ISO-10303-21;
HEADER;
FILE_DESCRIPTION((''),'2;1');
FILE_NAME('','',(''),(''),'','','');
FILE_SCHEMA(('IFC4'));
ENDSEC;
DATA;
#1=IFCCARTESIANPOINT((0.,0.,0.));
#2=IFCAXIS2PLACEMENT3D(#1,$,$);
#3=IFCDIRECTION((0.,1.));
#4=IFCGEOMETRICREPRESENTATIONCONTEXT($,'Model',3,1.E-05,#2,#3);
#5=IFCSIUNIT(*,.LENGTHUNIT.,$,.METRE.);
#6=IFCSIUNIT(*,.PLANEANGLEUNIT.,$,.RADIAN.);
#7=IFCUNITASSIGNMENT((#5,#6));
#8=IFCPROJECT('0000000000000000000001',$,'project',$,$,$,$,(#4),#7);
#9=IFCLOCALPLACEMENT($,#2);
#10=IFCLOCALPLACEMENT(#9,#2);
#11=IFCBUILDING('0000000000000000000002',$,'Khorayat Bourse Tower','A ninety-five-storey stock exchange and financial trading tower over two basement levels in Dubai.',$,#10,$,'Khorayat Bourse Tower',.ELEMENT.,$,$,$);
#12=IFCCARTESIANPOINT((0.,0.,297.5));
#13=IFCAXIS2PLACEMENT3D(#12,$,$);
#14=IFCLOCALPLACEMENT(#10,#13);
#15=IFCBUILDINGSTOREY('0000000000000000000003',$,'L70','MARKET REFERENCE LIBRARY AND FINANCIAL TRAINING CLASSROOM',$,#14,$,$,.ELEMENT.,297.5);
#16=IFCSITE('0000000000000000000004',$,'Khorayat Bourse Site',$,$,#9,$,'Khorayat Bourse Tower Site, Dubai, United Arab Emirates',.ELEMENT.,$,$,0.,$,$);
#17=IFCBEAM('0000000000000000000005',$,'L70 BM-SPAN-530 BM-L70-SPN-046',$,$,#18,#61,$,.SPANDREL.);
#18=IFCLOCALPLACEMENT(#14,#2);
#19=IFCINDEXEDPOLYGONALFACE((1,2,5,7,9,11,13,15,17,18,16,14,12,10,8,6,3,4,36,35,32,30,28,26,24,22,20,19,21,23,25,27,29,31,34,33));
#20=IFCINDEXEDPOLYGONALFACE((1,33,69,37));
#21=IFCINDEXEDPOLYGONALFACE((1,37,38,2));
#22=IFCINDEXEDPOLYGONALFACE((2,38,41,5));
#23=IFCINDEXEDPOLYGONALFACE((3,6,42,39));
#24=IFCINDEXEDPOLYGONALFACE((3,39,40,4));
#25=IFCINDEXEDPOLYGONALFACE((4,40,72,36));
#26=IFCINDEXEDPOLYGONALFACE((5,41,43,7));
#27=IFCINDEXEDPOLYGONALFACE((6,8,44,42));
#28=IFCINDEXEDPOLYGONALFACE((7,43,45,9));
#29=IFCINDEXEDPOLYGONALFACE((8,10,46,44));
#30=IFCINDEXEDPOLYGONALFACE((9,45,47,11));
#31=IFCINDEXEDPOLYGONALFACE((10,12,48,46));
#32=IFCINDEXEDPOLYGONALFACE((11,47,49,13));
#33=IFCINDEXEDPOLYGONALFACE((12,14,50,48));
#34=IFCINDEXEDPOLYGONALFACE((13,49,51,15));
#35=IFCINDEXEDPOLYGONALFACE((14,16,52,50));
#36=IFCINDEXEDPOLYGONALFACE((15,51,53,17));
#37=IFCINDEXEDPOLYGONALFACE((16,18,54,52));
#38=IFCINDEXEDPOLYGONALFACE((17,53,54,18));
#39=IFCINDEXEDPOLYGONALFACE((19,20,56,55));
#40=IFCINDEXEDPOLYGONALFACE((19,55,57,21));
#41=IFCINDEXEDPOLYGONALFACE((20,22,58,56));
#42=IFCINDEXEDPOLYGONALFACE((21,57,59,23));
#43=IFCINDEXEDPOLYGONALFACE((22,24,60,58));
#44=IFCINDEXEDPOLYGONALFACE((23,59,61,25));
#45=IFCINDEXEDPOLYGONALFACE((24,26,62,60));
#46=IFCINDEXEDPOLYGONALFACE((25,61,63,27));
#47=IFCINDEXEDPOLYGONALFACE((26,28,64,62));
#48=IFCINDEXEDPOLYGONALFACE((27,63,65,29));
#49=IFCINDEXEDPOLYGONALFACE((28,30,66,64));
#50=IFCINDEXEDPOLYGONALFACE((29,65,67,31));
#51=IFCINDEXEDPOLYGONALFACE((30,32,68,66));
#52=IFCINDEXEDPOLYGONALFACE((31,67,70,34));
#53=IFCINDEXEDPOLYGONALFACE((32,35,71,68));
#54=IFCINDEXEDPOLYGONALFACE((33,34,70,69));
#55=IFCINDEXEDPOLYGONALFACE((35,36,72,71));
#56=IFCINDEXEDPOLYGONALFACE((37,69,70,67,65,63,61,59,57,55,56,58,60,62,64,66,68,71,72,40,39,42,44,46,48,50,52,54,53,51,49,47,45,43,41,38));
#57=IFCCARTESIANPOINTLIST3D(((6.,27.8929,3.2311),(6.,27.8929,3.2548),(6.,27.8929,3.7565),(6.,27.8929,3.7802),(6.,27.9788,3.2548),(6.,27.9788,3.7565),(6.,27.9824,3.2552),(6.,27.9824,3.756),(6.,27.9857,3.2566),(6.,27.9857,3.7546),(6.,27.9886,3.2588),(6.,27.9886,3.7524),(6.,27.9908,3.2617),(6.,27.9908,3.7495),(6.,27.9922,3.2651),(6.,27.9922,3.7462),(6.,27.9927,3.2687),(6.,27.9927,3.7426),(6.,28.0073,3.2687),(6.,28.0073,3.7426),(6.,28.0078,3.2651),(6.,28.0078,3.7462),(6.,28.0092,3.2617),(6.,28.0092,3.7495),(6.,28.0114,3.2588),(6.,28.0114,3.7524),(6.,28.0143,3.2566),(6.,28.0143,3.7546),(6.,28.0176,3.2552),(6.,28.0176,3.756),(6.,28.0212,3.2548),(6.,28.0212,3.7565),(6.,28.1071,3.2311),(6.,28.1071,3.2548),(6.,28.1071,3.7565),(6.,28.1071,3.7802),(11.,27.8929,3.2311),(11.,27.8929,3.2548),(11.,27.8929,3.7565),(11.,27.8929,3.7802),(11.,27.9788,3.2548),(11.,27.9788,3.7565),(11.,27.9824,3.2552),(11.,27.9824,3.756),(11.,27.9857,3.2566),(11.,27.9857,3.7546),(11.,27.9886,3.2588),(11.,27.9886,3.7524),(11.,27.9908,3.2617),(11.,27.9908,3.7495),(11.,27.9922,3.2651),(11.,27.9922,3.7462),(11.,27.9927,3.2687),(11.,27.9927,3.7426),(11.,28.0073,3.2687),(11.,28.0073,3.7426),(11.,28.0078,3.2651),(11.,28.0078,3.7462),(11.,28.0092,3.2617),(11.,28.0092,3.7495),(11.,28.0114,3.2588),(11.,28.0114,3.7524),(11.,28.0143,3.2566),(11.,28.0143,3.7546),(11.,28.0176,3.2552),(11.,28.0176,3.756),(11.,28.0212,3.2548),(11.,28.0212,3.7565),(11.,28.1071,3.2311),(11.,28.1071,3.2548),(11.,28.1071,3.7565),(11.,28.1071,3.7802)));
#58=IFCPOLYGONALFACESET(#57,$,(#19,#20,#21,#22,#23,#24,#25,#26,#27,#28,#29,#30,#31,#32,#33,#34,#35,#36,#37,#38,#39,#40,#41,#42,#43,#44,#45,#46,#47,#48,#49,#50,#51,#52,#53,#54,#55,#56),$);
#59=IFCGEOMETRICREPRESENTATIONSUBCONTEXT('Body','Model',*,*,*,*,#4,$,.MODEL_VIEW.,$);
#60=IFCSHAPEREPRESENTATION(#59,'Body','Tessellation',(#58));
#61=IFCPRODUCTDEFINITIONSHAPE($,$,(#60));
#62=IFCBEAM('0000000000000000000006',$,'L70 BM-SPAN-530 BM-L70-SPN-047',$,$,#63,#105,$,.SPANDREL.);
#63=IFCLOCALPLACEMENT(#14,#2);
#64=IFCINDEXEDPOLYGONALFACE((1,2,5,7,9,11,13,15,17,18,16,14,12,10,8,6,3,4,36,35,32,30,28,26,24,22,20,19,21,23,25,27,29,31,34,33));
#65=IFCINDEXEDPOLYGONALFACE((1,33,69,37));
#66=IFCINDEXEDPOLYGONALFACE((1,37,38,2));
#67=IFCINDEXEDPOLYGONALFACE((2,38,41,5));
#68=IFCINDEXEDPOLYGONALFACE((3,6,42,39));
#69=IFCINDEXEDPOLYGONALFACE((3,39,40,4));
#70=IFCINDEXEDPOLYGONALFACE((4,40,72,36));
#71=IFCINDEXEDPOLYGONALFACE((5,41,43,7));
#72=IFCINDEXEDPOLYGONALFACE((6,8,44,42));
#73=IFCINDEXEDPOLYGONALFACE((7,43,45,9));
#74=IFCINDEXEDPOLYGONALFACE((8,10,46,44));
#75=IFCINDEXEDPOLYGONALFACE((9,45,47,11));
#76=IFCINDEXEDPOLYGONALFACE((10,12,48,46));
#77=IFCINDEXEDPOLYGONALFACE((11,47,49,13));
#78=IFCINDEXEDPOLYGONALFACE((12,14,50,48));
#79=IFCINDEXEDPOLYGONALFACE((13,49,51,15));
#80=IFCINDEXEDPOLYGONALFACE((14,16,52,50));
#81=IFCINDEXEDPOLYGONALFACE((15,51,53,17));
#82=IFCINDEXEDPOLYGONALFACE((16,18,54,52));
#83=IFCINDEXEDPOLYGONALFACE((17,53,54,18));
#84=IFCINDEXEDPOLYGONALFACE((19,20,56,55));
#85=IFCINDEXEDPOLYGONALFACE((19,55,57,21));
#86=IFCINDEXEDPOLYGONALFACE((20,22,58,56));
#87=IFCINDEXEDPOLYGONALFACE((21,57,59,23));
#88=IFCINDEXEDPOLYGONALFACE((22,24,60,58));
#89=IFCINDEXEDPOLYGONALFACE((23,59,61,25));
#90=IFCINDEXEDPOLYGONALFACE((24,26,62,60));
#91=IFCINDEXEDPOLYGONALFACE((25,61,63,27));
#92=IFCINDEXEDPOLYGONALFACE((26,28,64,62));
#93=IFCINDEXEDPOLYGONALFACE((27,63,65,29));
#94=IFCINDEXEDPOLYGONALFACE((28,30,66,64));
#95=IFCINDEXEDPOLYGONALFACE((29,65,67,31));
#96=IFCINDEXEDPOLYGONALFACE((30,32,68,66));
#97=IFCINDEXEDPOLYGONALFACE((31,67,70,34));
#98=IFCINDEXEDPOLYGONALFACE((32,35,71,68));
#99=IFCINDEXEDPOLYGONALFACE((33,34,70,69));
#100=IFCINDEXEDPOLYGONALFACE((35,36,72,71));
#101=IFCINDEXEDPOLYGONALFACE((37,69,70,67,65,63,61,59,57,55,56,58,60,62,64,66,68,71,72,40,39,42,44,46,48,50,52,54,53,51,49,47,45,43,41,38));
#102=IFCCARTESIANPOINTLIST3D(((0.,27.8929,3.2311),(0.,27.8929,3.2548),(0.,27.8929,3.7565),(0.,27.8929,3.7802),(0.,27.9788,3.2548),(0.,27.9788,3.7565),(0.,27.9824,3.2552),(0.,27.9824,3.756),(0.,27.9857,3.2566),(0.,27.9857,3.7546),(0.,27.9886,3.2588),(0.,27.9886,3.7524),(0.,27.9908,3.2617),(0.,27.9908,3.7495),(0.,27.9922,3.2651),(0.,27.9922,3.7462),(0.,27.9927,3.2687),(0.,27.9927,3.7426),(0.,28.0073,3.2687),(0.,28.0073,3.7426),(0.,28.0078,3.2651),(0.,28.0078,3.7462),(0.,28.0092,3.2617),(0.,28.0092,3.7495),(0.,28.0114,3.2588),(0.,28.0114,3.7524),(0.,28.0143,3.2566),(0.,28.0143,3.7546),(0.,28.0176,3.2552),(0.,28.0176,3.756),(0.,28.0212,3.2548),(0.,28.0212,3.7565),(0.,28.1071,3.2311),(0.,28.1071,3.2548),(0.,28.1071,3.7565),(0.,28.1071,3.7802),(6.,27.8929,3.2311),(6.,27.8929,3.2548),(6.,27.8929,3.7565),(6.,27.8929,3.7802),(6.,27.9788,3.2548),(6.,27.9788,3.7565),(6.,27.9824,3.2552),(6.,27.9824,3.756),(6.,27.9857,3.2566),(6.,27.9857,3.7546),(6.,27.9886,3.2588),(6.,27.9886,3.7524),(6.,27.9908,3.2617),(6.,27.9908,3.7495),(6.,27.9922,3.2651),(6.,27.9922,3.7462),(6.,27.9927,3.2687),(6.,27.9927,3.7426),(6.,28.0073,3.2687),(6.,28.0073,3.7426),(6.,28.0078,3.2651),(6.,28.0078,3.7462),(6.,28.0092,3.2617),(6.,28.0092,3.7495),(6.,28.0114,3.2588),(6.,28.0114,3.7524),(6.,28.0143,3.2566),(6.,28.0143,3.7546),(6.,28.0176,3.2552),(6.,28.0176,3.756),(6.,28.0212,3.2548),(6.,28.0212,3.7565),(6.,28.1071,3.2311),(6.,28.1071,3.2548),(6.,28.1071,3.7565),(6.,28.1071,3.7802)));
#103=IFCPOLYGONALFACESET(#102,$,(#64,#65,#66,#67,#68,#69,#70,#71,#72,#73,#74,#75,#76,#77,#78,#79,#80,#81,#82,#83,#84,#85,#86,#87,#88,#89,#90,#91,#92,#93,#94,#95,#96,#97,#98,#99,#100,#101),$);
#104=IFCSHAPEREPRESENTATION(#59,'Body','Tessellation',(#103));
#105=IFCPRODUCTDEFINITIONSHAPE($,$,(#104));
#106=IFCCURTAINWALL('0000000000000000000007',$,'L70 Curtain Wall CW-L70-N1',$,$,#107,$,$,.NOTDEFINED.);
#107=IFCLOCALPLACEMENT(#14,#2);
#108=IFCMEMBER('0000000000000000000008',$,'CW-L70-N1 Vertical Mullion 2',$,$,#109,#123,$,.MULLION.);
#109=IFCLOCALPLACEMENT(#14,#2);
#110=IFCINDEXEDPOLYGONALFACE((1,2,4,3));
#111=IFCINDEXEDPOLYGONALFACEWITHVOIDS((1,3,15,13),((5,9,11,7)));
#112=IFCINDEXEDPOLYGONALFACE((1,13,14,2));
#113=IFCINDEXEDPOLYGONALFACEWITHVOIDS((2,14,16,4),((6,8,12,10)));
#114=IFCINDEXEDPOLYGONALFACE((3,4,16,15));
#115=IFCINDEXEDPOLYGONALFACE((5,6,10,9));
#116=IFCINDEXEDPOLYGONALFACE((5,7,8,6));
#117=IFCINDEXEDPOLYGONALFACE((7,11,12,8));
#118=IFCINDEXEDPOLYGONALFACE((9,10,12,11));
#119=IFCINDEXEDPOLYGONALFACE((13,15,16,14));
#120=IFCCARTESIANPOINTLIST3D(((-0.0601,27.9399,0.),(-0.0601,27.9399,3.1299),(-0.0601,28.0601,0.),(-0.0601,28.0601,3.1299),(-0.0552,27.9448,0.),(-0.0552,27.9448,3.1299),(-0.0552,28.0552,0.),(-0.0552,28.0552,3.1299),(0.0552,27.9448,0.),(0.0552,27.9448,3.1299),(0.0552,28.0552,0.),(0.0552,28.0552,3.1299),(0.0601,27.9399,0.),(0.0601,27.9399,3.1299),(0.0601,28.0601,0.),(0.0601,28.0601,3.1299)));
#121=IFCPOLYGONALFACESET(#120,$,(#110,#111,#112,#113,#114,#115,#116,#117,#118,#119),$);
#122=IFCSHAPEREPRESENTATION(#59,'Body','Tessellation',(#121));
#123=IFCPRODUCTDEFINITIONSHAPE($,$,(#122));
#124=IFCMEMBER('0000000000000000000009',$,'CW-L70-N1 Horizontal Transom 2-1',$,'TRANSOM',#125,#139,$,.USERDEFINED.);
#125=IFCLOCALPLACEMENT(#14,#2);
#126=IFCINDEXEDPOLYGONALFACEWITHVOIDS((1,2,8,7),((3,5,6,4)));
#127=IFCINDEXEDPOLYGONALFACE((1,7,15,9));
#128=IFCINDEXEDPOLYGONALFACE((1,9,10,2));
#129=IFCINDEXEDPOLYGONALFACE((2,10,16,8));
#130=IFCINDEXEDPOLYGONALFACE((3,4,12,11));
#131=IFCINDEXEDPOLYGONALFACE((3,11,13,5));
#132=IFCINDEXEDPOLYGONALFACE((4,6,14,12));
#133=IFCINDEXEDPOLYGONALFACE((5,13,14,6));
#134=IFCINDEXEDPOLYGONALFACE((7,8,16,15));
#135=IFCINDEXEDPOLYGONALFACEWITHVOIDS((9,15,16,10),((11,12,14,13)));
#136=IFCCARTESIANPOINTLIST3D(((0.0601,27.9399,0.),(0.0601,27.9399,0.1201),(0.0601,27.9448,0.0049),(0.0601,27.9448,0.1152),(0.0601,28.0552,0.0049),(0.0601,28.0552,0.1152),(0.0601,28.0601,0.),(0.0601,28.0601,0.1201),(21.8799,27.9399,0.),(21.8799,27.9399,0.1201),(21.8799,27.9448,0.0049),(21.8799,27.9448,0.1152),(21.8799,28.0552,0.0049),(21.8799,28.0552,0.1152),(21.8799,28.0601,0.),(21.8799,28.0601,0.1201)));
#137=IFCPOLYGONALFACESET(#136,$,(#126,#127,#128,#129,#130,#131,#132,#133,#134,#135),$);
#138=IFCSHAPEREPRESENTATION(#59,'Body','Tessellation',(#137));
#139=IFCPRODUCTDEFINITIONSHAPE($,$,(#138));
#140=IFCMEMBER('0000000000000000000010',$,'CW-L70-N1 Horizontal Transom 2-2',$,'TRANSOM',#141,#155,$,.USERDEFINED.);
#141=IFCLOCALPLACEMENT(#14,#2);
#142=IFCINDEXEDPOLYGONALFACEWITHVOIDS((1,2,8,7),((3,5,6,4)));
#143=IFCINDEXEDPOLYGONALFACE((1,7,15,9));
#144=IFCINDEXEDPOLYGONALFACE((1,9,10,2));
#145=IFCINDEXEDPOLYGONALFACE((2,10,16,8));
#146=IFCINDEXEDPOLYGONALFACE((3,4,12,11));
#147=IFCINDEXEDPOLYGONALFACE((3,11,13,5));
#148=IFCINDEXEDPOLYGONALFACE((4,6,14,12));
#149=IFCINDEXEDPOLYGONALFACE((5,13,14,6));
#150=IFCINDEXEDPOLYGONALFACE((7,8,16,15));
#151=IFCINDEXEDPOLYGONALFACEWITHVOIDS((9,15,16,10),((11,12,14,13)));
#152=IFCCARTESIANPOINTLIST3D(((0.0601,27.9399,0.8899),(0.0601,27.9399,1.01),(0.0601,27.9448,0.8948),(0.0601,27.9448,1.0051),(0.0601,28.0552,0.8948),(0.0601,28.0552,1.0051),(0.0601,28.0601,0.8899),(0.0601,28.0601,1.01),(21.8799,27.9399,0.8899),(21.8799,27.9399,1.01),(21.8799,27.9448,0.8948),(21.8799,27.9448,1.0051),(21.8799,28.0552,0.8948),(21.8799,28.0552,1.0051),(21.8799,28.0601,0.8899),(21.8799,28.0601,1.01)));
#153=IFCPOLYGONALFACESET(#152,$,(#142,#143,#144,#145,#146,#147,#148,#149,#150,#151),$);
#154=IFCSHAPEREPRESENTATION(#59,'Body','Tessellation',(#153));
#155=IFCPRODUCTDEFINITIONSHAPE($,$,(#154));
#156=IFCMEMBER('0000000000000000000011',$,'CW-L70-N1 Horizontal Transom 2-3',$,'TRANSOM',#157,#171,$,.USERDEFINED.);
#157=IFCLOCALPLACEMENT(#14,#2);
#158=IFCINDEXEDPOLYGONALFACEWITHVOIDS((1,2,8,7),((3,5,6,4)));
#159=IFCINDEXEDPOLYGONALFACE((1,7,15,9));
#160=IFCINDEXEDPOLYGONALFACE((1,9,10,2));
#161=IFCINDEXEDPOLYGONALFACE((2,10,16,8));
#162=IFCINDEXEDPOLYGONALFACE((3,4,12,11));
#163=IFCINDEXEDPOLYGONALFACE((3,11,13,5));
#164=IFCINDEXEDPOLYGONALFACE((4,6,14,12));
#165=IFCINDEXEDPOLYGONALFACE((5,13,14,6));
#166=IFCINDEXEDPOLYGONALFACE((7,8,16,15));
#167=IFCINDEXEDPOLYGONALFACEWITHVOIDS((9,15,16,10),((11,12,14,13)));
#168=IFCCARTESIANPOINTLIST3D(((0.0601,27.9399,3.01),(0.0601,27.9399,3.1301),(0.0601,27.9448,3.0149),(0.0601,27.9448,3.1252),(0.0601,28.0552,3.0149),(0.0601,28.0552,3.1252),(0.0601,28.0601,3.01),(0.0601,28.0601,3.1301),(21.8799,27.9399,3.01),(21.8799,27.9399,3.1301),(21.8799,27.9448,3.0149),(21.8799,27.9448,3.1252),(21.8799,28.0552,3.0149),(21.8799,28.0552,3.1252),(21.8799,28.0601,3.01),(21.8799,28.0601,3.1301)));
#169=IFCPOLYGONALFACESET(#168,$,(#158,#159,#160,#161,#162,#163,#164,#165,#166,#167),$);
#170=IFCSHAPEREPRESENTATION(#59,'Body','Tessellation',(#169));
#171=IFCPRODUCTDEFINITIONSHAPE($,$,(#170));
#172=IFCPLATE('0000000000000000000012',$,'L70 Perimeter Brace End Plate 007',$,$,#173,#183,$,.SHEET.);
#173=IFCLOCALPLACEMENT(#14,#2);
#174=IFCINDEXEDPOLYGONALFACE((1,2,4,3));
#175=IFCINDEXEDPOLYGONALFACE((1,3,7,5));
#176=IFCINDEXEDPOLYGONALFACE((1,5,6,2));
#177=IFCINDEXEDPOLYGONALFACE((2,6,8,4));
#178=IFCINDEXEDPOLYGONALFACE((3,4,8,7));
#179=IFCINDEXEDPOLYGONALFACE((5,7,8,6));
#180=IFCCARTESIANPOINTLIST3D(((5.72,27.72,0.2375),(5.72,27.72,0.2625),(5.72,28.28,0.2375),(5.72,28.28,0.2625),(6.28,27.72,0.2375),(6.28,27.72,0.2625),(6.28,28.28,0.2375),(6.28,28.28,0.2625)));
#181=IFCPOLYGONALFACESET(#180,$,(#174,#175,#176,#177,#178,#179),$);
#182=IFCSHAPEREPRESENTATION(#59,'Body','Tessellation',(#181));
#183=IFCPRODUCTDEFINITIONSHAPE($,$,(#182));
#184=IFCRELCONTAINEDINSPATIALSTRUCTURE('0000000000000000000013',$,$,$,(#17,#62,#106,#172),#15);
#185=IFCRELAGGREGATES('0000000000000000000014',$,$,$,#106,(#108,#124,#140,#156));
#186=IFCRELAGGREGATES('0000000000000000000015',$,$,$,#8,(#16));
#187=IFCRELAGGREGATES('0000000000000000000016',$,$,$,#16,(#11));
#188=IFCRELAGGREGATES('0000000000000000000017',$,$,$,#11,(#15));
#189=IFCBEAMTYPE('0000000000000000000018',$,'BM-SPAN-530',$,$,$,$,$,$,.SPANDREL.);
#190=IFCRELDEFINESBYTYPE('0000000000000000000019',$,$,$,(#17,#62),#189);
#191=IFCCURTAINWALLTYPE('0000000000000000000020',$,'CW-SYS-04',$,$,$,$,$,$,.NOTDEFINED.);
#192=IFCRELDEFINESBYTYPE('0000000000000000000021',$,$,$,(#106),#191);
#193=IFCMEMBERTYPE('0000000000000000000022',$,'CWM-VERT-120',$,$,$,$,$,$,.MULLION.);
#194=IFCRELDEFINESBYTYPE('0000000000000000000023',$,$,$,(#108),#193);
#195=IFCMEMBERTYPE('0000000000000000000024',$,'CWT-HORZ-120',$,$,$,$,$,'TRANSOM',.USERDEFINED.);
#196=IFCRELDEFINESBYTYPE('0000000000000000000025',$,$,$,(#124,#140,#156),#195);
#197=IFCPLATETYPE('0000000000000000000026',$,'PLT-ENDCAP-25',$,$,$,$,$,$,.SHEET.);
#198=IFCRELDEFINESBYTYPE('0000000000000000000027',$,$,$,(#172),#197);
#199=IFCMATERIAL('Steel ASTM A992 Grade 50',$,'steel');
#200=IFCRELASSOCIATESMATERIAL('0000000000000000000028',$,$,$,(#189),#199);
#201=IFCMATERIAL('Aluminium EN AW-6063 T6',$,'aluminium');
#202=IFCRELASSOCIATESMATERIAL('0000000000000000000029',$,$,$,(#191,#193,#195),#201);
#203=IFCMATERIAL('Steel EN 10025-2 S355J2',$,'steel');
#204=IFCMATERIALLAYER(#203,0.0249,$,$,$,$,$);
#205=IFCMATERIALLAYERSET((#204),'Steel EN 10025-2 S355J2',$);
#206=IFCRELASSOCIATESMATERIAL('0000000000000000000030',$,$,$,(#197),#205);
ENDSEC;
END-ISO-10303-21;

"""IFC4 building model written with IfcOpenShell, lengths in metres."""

from ifc_helpers import new_model, si_unit, direction, frame, origin, origin_2d, place, context, subcontext, project, spatial, rectangle, hollow_rectangle, i_section, extrude, source, transform, mapped, material, layer, layer_set, material_profile, profile_set, type_object, element, aggregate, save


model = new_model("IFC4")

# Units and contexts
model_context = context("Model", 3, precision=1e-05, world=origin(), true_north=direction((0.0, 1.0)))
body_context = subcontext(model_context, "Body", "Model", "MODEL_VIEW")
ifc_project = project(units=[si_unit("LENGTHUNIT", "METRE"), si_unit("PLANEANGLEUNIT", "RADIAN")], contexts=[model_context])

# Site, building, storey
site_placement = place(None, origin())
site = spatial("IfcSite", under=ifc_project, at=site_placement, Name="Khorayat Bourse Site", LongName="Khorayat Bourse Tower Site, Dubai, United Arab Emirates", CompositionType="ELEMENT", RefElevation=0.0)
building_placement = place(site_placement, origin())
building = spatial("IfcBuilding", under=site, at=building_placement, Name="Khorayat Bourse Tower", Description="A ninety-five-storey stock exchange and financial trading tower over two basement levels in Dubai.", LongName="Khorayat Bourse Tower", CompositionType="ELEMENT")
storey_placement = place(building_placement, frame((0.0, 0.0, 297.5)))
storey = spatial("IfcBuildingStorey", under=building, at=storey_placement, Name="L70", Description="MARKET REFERENCE LIBRARY AND FINANCIAL TRAINING CLASSROOM", CompositionType="ELEMENT", Elevation=297.5)

# Beams
ifc_material_1 = material(Name="Steel ASTM A992 Grade 50", Category="steel")
ifc_material_profile_1 = material_profile(ifc_material_1, i_section(OverallWidth=0.2141, OverallDepth=0.5491, WebThickness=0.0146, FlangeThickness=0.0237, FilletRadius=0.0139, at=origin_2d()), Name="W530X138")
ifc_profile_set_1 = profile_set([ifc_material_profile_1], Name="Steel ASTM A992 Grade 50")
beam_type_1 = type_object("IfcBeamType", Name="BM-SPAN-530", PredefinedType="SPANDREL", material=ifc_profile_set_1)
shared_shape_1 = source(origin(), body_context, "Body", "SweptSolid", [
    extrude(i_section(OverallWidth=0.2141, OverallDepth=0.5491, WebThickness=0.0146, FlangeThickness=0.0237, FilletRadius=0.0139, at=origin_2d()), origin(), (0.0, 0.0, 1.0), 5.0),
])
beam_1_placement = place(storey_placement, frame((6.0, 28.0, 3.5056), z_axis=(1.0, 0.0, 0.0), x_axis=(0.0, 1.0, 0.0)))
element("IfcBeam", 1, at=beam_1_placement, inside=storey, type_object=beam_type_1, Name="L70 BM-SPAN-530 BM-L70-SPN-046", PredefinedType="SPANDREL", context=body_context, shape_type="MappedRepresentation", body=[
    mapped(shared_shape_1, transform((0.0, 0.0, 0.0), scale=1.0)),
])
shared_shape_2 = source(origin(), body_context, "Body", "SweptSolid", [
    extrude(i_section(OverallWidth=0.2141, OverallDepth=0.5491, WebThickness=0.0146, FlangeThickness=0.0237, FilletRadius=0.0139, at=origin_2d()), origin(), (0.0, 0.0, 1.0), 6.0),
])
beam_2_placement = place(storey_placement, frame((0.0, 28.0, 3.5056), z_axis=(1.0, 0.0, 0.0), x_axis=(0.0, 1.0, 0.0)))
element("IfcBeam", 2, at=beam_2_placement, inside=storey, type_object=beam_type_1, Name="L70 BM-SPAN-530 BM-L70-SPN-047", PredefinedType="SPANDREL", context=body_context, shape_type="MappedRepresentation", body=[
    mapped(shared_shape_2, transform((0.0, 0.0, 0.0), scale=1.0)),
])

# Curtain wall, members
ifc_material_2 = material(Name="Aluminium EN AW-6063 T6", Category="aluminium")
curtain_wall_type = type_object("IfcCurtainWallType", Name="CW-SYS-04", PredefinedType="NOTDEFINED", material=ifc_material_2)
curtain_wall_placement = place(storey_placement, origin())
curtain_wall = element("IfcCurtainWall", 3, at=curtain_wall_placement, inside=storey, type_object=curtain_wall_type, Name="L70 Curtain Wall CW-L70-N1", PredefinedType="NOTDEFINED")
ifc_material_profile_2 = material_profile(ifc_material_2, hollow_rectangle(XDim=0.1201, YDim=0.1201, WallThickness=0.0049, at=origin_2d()), Name="ALU 120x120x5")
ifc_profile_set_2 = profile_set([ifc_material_profile_2], Name="Aluminium EN AW-6063 T6")
member_type_1 = type_object("IfcMemberType", Name="CWM-VERT-120", PredefinedType="MULLION", material=ifc_profile_set_2)
shared_shape_3 = source(origin(), body_context, "Body", "SweptSolid", [
    extrude(hollow_rectangle(XDim=0.1201, YDim=0.1201, WallThickness=0.0049, at=origin_2d()), origin(), (0.0, 0.0, 1.0), 3.1299),
])
member_1_placement = place(storey_placement, frame((0.0, 28.0, 0.0), z_axis=(0.0, 0.0, 1.0), x_axis=(0.0, 1.0, 0.0)))
member_1 = element("IfcMember", 4, at=member_1_placement, type_object=member_type_1, Name="CW-L70-N1 Vertical Mullion 2", PredefinedType="MULLION", context=body_context, shape_type="MappedRepresentation", body=[
    mapped(shared_shape_3, transform((0.0, 0.0, 0.0), scale=1.0)),
])
ifc_material_profile_3 = material_profile(ifc_material_2, hollow_rectangle(XDim=0.1201, YDim=0.1201, WallThickness=0.0049, at=origin_2d()), Name="ALU 120x120x5")
ifc_profile_set_3 = profile_set([ifc_material_profile_3], Name="Aluminium EN AW-6063 T6")
member_type_2 = type_object("IfcMemberType", Name="CWT-HORZ-120", ElementType="TRANSOM", PredefinedType="USERDEFINED", material=ifc_profile_set_3)
shared_shape_4 = source(origin(), body_context, "Body", "SweptSolid", [
    extrude(hollow_rectangle(XDim=0.1201, YDim=0.1201, WallThickness=0.0049, at=origin_2d()), origin(), (0.0, 0.0, 1.0), 21.8198),
])
member_2_placement = place(storey_placement, frame((0.0601, 28.0, 0.0601), z_axis=(1.0, 0.0, 0.0), x_axis=(0.0, 1.0, 0.0)))
member_2 = element("IfcMember", 5, at=member_2_placement, type_object=member_type_2, Name="CW-L70-N1 Horizontal Transom 2-1", ObjectType="TRANSOM", PredefinedType="USERDEFINED", context=body_context, shape_type="MappedRepresentation", body=[
    mapped(shared_shape_4, transform((0.0, 0.0, 0.0), scale=1.0)),
])
member_3_placement = place(storey_placement, frame((0.0601, 28.0, 0.95), z_axis=(1.0, 0.0, 0.0), x_axis=(0.0, 1.0, 0.0)))
member_3 = element("IfcMember", 6, at=member_3_placement, type_object=member_type_2, Name="CW-L70-N1 Horizontal Transom 2-2", ObjectType="TRANSOM", PredefinedType="USERDEFINED", context=body_context, shape_type="MappedRepresentation", body=[
    mapped(shared_shape_4, transform((0.0, 0.0, 0.0), scale=1.0)),
])
member_4_placement = place(storey_placement, frame((0.0601, 28.0, 3.0701), z_axis=(1.0, 0.0, 0.0), x_axis=(0.0, 1.0, 0.0)))
member_4 = element("IfcMember", 7, at=member_4_placement, type_object=member_type_2, Name="CW-L70-N1 Horizontal Transom 2-3", ObjectType="TRANSOM", PredefinedType="USERDEFINED", context=body_context, shape_type="MappedRepresentation", body=[
    mapped(shared_shape_4, transform((0.0, 0.0, 0.0), scale=1.0)),
])

# Plate
ifc_material_3 = material(Name="Steel EN 10025-2 S355J2", Category="steel")
ifc_layer_1 = layer(ifc_material_3, 0.0249)
ifc_layer_set_1 = layer_set([ifc_layer_1], Name="Steel EN 10025-2 S355J2")
plate_type_1 = type_object("IfcPlateType", Name="PLT-ENDCAP-25", PredefinedType="SHEET", material=ifc_layer_set_1)
shared_shape_5 = source(origin(), body_context, "Body", "SweptSolid", [
    extrude(rectangle(XDim=0.5601, YDim=0.5601, at=origin_2d()), origin(), (0.0, 0.0, 1.0), 0.0249),
])
for number, where, z_axis, x_axis, name in (
    (8, (6.0, 28.0, 0.2375), (0.0, 0.0, 1.0), (1.0, 0.0, 0.0), "L70 Perimeter Brace End Plate 007"),
):
    element("IfcPlate", number, at=place(storey_placement, frame(where, z_axis=z_axis, x_axis=x_axis)), inside=storey, type_object=plate_type_1, Name=name, PredefinedType="SHEET", context=body_context, shape_type="MappedRepresentation", body=[
        mapped(shared_shape_5, transform((0.0, 0.0, 0.0), scale=1.0)),
    ])

aggregate(curtain_wall, [member_1, member_2, member_3, member_4])

save(model, "model.ifc")
